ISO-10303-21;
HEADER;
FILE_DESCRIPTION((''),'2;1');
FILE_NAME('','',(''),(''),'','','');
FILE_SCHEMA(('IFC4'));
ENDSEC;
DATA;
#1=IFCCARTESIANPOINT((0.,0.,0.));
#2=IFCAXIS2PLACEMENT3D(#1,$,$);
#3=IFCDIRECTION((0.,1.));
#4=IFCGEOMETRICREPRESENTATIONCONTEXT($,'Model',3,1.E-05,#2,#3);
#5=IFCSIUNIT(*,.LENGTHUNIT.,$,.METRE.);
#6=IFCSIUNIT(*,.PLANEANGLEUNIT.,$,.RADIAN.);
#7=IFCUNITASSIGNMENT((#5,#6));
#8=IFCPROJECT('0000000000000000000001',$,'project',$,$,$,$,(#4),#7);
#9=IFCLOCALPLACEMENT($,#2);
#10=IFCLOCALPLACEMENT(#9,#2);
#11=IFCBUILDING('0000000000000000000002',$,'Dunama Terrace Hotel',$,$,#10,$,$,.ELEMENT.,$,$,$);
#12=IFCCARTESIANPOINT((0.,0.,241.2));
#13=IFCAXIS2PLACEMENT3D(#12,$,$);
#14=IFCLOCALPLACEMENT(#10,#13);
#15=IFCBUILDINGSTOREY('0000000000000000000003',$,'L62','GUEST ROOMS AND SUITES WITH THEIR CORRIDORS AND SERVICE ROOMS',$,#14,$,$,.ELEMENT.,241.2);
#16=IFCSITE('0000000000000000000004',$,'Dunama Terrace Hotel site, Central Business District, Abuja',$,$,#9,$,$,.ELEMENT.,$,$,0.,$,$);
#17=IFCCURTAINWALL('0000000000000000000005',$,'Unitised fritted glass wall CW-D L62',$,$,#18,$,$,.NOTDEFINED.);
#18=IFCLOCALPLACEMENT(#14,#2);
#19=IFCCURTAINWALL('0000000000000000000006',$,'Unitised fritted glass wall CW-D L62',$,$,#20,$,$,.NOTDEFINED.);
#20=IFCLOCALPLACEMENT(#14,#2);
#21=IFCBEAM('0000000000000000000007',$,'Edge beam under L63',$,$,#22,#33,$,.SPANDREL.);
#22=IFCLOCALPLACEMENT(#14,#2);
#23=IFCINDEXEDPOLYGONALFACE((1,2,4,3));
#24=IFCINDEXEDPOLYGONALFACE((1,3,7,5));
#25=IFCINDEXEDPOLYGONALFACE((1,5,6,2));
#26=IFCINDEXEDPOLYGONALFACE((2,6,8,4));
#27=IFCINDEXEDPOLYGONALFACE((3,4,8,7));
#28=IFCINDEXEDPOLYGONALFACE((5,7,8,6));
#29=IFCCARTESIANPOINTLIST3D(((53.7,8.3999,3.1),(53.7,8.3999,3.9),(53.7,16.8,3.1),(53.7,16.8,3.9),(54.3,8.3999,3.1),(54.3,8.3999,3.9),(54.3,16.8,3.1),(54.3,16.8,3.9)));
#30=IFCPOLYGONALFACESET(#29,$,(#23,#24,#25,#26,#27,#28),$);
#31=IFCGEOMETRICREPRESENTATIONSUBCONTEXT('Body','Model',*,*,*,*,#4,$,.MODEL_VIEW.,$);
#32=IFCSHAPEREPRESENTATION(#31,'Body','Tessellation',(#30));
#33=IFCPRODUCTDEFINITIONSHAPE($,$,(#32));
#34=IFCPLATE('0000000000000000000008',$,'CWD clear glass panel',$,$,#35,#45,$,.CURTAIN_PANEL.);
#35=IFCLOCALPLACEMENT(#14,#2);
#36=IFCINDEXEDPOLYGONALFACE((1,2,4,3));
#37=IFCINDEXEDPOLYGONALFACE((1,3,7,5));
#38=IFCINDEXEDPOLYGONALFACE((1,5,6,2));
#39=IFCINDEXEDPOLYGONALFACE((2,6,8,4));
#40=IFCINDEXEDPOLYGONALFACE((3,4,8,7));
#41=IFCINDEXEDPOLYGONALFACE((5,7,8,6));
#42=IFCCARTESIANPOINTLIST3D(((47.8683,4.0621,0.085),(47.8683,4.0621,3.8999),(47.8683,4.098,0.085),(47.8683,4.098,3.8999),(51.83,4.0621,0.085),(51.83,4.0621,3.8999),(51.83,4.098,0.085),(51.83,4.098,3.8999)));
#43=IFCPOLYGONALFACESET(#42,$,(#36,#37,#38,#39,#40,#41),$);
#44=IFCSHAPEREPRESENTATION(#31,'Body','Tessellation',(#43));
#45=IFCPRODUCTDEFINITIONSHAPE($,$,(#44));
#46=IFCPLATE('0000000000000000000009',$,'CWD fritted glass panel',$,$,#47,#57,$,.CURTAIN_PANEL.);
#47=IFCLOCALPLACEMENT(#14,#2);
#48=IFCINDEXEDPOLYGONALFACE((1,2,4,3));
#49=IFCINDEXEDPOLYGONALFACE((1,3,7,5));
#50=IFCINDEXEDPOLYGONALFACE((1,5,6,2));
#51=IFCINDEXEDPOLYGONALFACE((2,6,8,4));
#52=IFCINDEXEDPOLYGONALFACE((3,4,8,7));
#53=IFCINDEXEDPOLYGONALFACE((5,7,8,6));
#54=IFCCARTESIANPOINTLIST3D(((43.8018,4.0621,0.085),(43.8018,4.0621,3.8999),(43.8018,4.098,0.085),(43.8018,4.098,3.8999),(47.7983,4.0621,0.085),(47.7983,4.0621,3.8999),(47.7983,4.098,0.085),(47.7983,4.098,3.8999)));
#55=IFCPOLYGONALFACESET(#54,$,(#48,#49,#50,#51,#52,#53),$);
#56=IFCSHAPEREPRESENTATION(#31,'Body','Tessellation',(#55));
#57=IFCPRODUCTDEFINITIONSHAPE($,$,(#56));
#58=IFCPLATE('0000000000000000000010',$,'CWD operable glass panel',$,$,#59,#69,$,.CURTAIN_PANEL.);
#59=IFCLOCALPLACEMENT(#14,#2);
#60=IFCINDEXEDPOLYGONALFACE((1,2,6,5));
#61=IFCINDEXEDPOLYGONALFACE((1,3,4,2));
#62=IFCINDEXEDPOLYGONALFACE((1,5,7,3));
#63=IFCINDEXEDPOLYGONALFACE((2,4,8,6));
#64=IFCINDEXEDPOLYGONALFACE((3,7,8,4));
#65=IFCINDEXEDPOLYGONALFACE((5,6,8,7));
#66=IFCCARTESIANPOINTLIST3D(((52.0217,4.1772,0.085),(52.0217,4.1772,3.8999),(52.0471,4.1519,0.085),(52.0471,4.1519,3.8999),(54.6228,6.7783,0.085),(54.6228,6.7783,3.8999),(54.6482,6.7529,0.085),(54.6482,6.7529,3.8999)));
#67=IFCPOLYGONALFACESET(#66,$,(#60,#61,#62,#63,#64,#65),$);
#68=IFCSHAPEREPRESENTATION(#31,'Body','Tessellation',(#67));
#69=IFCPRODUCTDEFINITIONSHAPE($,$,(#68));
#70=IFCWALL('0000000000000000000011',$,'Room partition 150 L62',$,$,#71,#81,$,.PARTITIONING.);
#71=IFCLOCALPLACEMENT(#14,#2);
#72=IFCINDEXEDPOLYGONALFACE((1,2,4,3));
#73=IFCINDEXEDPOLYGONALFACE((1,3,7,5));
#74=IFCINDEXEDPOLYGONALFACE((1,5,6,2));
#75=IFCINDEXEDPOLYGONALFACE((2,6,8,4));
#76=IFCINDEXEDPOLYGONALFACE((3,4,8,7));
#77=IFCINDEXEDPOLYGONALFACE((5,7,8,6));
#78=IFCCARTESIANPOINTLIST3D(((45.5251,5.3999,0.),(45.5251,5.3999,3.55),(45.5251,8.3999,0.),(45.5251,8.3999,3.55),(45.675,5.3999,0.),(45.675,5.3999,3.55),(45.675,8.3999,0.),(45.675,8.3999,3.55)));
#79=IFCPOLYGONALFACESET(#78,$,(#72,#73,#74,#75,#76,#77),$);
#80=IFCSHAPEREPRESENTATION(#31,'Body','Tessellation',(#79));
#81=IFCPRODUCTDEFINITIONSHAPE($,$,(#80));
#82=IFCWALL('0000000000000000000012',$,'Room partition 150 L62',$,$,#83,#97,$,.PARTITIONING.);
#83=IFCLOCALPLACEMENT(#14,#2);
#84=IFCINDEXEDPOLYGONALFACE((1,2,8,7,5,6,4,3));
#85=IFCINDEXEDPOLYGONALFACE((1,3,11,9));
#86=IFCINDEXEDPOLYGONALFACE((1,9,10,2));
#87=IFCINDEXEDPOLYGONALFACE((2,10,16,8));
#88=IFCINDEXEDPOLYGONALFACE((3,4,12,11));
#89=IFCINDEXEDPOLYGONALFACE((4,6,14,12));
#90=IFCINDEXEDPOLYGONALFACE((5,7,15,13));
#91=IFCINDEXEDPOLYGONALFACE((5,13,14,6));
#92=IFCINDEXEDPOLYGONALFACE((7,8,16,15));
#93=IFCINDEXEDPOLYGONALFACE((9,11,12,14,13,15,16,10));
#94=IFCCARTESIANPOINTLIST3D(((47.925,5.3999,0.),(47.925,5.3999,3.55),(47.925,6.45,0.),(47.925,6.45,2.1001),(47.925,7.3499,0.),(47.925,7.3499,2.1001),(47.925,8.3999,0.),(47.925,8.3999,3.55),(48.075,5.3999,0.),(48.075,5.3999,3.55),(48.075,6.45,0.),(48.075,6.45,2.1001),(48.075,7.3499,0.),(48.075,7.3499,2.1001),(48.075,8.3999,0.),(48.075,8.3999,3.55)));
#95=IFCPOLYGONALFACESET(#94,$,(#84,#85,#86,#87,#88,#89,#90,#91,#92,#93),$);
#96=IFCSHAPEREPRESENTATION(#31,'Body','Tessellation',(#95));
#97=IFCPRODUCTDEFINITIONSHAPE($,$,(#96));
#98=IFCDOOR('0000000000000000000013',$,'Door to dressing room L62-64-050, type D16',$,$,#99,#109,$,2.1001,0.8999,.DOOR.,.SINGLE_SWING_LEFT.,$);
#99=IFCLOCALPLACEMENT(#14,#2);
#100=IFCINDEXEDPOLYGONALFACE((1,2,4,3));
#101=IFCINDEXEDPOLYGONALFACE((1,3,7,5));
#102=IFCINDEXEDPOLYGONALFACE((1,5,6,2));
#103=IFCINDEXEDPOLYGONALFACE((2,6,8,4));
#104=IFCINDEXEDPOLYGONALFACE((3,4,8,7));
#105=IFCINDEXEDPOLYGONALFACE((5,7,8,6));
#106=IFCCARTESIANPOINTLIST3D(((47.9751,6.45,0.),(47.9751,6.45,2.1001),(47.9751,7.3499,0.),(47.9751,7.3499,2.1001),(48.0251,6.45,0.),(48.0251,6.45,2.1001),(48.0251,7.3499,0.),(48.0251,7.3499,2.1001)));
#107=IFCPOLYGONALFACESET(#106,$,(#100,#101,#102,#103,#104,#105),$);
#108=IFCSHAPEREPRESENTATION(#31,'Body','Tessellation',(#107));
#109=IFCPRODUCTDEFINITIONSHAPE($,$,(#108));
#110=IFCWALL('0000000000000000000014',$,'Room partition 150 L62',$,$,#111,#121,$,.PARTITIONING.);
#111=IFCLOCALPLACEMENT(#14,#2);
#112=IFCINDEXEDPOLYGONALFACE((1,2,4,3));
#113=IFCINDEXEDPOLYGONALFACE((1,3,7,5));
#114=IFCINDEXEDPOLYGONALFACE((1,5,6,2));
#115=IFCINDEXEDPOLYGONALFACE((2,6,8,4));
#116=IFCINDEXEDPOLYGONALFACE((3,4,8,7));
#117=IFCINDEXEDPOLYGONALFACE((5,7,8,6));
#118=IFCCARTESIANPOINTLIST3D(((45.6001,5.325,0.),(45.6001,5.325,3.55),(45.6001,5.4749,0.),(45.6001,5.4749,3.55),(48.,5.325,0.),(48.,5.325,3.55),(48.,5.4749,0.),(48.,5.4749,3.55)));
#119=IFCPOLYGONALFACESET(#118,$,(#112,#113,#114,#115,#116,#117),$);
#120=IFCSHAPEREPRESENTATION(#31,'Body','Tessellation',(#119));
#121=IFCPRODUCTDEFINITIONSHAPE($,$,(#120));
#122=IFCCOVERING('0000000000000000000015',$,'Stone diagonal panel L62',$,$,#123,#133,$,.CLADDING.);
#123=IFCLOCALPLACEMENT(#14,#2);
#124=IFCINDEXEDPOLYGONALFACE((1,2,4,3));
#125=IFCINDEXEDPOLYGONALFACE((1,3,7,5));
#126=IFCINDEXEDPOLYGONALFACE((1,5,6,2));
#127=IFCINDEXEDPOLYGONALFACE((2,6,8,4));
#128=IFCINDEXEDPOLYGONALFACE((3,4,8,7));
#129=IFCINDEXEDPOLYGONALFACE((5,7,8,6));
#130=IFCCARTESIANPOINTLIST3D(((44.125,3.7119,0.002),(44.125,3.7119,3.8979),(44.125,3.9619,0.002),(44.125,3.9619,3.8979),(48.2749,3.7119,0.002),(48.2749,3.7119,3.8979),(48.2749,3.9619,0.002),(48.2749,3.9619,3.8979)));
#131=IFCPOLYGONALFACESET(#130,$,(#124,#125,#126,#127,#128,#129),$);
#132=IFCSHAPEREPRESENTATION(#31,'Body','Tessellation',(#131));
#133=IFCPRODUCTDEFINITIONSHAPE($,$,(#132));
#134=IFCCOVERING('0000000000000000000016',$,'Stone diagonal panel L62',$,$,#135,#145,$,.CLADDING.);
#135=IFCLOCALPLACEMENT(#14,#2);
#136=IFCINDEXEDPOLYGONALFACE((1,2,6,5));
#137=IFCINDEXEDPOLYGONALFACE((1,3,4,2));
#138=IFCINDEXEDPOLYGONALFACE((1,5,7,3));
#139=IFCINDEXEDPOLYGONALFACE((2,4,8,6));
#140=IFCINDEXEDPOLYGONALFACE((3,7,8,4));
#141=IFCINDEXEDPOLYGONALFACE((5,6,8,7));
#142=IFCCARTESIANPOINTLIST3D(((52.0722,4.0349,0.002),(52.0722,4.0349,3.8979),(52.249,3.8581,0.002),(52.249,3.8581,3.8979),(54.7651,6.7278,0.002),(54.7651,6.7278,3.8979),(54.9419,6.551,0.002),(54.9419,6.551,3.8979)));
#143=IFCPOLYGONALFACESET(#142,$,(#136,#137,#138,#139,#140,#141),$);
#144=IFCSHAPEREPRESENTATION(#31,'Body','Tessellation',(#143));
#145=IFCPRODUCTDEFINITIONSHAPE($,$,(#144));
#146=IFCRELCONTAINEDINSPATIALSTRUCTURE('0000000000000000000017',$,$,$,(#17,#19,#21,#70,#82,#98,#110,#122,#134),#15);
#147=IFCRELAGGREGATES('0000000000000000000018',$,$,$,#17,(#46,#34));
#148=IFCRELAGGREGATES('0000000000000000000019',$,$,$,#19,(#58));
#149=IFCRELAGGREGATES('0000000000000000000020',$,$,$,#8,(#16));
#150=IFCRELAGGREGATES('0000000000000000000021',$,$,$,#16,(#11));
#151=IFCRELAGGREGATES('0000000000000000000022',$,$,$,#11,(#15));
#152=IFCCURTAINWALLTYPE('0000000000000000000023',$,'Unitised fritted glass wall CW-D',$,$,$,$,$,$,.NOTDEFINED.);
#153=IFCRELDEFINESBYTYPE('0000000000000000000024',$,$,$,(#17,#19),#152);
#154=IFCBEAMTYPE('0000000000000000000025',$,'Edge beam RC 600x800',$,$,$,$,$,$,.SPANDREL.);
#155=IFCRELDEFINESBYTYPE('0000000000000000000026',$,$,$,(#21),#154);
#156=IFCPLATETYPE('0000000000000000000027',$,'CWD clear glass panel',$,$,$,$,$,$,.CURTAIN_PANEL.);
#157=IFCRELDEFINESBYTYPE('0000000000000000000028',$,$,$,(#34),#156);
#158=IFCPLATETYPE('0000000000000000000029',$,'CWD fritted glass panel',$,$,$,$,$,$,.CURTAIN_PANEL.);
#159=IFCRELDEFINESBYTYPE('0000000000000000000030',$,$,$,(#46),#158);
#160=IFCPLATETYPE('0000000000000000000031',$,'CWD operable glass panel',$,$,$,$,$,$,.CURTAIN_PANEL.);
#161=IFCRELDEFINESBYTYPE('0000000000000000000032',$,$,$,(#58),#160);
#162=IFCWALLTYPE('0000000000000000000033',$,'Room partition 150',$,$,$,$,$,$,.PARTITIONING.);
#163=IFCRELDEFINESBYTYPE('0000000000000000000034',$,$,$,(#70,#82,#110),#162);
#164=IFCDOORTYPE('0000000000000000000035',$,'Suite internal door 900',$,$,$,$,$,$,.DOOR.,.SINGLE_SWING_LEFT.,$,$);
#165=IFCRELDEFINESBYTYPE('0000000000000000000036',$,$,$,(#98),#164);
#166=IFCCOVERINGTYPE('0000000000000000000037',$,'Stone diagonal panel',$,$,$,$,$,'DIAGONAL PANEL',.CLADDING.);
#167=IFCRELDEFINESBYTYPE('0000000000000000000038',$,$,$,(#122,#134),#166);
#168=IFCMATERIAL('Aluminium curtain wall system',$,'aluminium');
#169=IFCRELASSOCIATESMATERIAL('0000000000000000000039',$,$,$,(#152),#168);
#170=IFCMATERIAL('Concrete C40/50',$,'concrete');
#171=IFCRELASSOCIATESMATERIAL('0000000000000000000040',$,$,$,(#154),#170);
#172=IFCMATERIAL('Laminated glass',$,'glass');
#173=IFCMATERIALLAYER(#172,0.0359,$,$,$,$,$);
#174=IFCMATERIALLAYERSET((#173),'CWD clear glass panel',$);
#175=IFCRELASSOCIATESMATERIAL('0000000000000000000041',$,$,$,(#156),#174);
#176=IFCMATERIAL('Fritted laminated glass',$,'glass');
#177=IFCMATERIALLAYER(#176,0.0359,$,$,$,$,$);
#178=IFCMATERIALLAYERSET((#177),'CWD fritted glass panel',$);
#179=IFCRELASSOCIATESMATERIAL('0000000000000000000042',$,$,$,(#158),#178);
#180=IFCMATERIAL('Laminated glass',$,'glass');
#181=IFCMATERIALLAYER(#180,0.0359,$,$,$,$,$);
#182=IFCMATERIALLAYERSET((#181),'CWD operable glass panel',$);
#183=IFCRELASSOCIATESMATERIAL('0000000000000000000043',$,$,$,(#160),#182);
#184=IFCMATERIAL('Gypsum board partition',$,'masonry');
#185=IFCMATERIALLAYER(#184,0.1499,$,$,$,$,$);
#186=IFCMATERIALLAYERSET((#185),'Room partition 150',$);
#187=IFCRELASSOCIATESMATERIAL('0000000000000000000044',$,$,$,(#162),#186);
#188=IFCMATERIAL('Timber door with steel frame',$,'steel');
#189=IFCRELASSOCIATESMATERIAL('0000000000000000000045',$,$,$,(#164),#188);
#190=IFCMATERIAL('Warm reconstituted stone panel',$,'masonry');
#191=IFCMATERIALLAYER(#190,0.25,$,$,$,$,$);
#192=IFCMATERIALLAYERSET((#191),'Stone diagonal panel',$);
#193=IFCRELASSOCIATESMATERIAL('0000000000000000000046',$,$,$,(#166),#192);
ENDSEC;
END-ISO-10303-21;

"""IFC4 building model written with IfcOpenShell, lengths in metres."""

from ifc_helpers import new_model, si_unit, direction, frame, frame_2d, origin, origin_2d, place, context, subcontext, project, spatial, rectangle, extrude, material, layer, layer_set, material_profile, profile_set, type_object, element, fill, aggregate, save


model = new_model("IFC4")

# Units and contexts
model_context = context("Model", 3, precision=1e-05, world=origin(), true_north=direction((0.0, 1.0)))
body_context = subcontext(model_context, "Body", "Model", "MODEL_VIEW")
ifc_project = project(units=[si_unit("LENGTHUNIT", "METRE"), si_unit("PLANEANGLEUNIT", "RADIAN")], contexts=[model_context])

# Site, building, storey
site_placement = place(None, origin())
site = spatial("IfcSite", under=ifc_project, at=site_placement, Name="Dunama Terrace Hotel site, Central Business District, Abuja", CompositionType="ELEMENT", RefElevation=0.0)
building_placement = place(site_placement, origin())
building = spatial("IfcBuilding", under=site, at=building_placement, Name="Dunama Terrace Hotel", CompositionType="ELEMENT")
storey_placement = place(building_placement, frame((0.0, 0.0, 241.2)))
storey = spatial("IfcBuildingStorey", under=building, at=storey_placement, Name="L62", Description="GUEST ROOMS AND SUITES WITH THEIR CORRIDORS AND SERVICE ROOMS", CompositionType="ELEMENT", Elevation=241.2)

# Curtain walls
ifc_material_1 = material(Name="Aluminium curtain wall system", Category="aluminium")
curtain_wall_type = type_object("IfcCurtainWallType", Name="Unitised fritted glass wall CW-D", PredefinedType="NOTDEFINED", material=ifc_material_1)
curtain_wall_1_placement = place(storey_placement, origin())
curtain_wall_1 = element("IfcCurtainWall", 1, at=curtain_wall_1_placement, inside=storey, type_object=curtain_wall_type, Name="Unitised fritted glass wall CW-D L62", PredefinedType="NOTDEFINED")
curtain_wall_2_placement = place(storey_placement, origin())
curtain_wall_2 = element("IfcCurtainWall", 2, at=curtain_wall_2_placement, inside=storey, type_object=curtain_wall_type, Name="Unitised fritted glass wall CW-D L62", PredefinedType="NOTDEFINED")

# Beam
ifc_material_2 = material(Name="Concrete C40/50", Category="concrete")
ifc_material_profile_1 = material_profile(ifc_material_2, rectangle(XDim=0.6001, YDim=0.8, at=origin_2d()), Name="RC 600x800")
ifc_profile_set_1 = profile_set([ifc_material_profile_1], Name="Concrete C40/50")
beam_type_1 = type_object("IfcBeamType", Name="Edge beam RC 600x800", PredefinedType="SPANDREL", material=ifc_profile_set_1)
beam_1_placement = place(storey_placement, frame((54.0, 8.3999, 3.5), z_axis=(0.0, 1.0, 0.0), x_axis=(-1.0, 0.0, 0.0)))
element("IfcBeam", 3, at=beam_1_placement, inside=storey, type_object=beam_type_1, Name="Edge beam under L63", PredefinedType="SPANDREL", context=body_context, shape_type="SweptSolid", body=[
    extrude(rectangle(XDim=0.6001, YDim=0.8, at=origin_2d()), origin(), (0.0, 0.0, 1.0), 8.4001),
])

# Plates
ifc_material_3 = material(Name="Laminated glass", Category="glass")
ifc_layer_1 = layer(ifc_material_3, 0.0359)
ifc_layer_set_1 = layer_set([ifc_layer_1], Name="CWD clear glass panel")
plate_type_1 = type_object("IfcPlateType", Name="CWD clear glass panel", PredefinedType="CURTAIN_PANEL", material=ifc_layer_set_1)
plate_1_placement = place(storey_placement, frame((49.8491, 4.0801, 0.085), z_axis=(0.0, 0.0, 1.0), x_axis=(1.0, 0.0, 0.0)))
plate_1 = element("IfcPlate", 4, at=plate_1_placement, type_object=plate_type_1, Name="CWD clear glass panel", PredefinedType="CURTAIN_PANEL", context=body_context, shape_type="SweptSolid", body=[
    extrude(rectangle(XDim=3.9617, YDim=0.0359, at=origin_2d()), origin(), (0.0, 0.0, 1.0), 3.8149),
])
ifc_material_4 = material(Name="Fritted laminated glass", Category="glass")
ifc_layer_2 = layer(ifc_material_4, 0.0359)
ifc_layer_set_2 = layer_set([ifc_layer_2], Name="CWD fritted glass panel")
plate_type_2 = type_object("IfcPlateType", Name="CWD fritted glass panel", PredefinedType="CURTAIN_PANEL", material=ifc_layer_set_2)
plate_2_placement = place(storey_placement, frame((45.8, 4.0801, 0.085), z_axis=(0.0, 0.0, 1.0), x_axis=(1.0, 0.0, 0.0)))
plate_2 = element("IfcPlate", 5, at=plate_2_placement, type_object=plate_type_2, Name="CWD fritted glass panel", PredefinedType="CURTAIN_PANEL", context=body_context, shape_type="SweptSolid", body=[
    extrude(rectangle(XDim=3.9966, YDim=0.0359, at=origin_2d()), origin(), (0.0, 0.0, 1.0), 3.8149),
])
aggregate(curtain_wall_1, [plate_2, plate_1])
ifc_material_5 = material(Name="Laminated glass", Category="glass")
ifc_layer_3 = layer(ifc_material_5, 0.0359)
ifc_layer_set_3 = layer_set([ifc_layer_3], Name="CWD operable glass panel")
plate_type_3 = type_object("IfcPlateType", Name="CWD operable glass panel", PredefinedType="CURTAIN_PANEL", material=ifc_layer_set_3)
plate_3_placement = place(storey_placement, frame((53.335, 5.4651, 0.085), z_axis=(0.0, 0.0, 1.0), x_axis=(0.707107, 0.707107, 0.0)))
plate_3 = element("IfcPlate", 6, at=plate_3_placement, type_object=plate_type_3, Name="CWD operable glass panel", PredefinedType="CURTAIN_PANEL", context=body_context, shape_type="SweptSolid", body=[
    extrude(rectangle(XDim=3.6785, YDim=0.0359, at=origin_2d()), origin(), (0.0, 0.0, 1.0), 3.8149),
])
aggregate(curtain_wall_2, [plate_3])

# Wall
ifc_material_6 = material(Name="Gypsum board partition", Category="masonry")
ifc_layer_4 = layer(ifc_material_6, 0.1499)
ifc_layer_set_4 = layer_set([ifc_layer_4], Name="Room partition 150")
wall_type = type_object("IfcWallType", Name="Room partition 150", PredefinedType="PARTITIONING", material=ifc_layer_set_4)
wall_1_placement = place(storey_placement, frame((45.6001, 5.3999, 0.0), z_axis=(0.0, 0.0, 1.0), x_axis=(0.0, 1.0, 0.0)))
element("IfcWall", 7, at=wall_1_placement, inside=storey, type_object=wall_type, Name="Room partition 150 L62", PredefinedType="PARTITIONING", context=body_context, shape_type="SweptSolid", body=[
    extrude(rectangle(XDim=3.0, YDim=0.1499, at=frame_2d((1.5, 0.0))), origin(), (0.0, 0.0, 1.0), 3.55),
])

# Wall, opening, door
wall_2_placement = place(storey_placement, frame((48.0, 5.3999, 0.0), z_axis=(0.0, 0.0, 1.0), x_axis=(0.0, 1.0, 0.0)))
wall_2 = element("IfcWall", 8, at=wall_2_placement, inside=storey, type_object=wall_type, Name="Room partition 150 L62", PredefinedType="PARTITIONING", context=body_context, shape_type="SweptSolid", body=[
    extrude(rectangle(XDim=3.0, YDim=0.1499, at=frame_2d((1.5, 0.0))), origin(), (0.0, 0.0, 1.0), 3.55),
])
opening_placement = place(wall_2_placement, frame((1.05, 0.0, 0.0)))
opening = element("IfcOpeningElement", 9, at=opening_placement, cuts=wall_2, PredefinedType="OPENING", context=body_context, shape_type="SweptSolid", body=[
    extrude(rectangle(XDim=0.8999, YDim=2.1001, at=frame_2d((0.45, 1.05))), frame((0.0, 0.085, 0.0), z_axis=(0.0, -1.0, 0.0), x_axis=(1.0, 0.0, 0.0)), (0.0, 0.0, 1.0), 0.1699),
])
ifc_material_7 = material(Name="Timber door with steel frame", Category="steel")
door_type = type_object("IfcDoorType", Name="Suite internal door 900", OperationType="SINGLE_SWING_LEFT", PredefinedType="DOOR", material=ifc_material_7)
door_placement = place(opening_placement, origin())
door = element("IfcDoor", 10, at=door_placement, inside=storey, type_object=door_type, Name="Door to dressing room L62-64-050, type D16", OperationType="SINGLE_SWING_LEFT", OverallHeight=2.1001, OverallWidth=0.8999, PredefinedType="DOOR", context=body_context, shape_type="SweptSolid", body=[
    extrude(rectangle(XDim=0.8999, YDim=2.1001, at=frame_2d((0.45, 1.05))), frame((0.0, 0.0249, 0.0), z_axis=(0.0, -1.0, 0.0), x_axis=(1.0, 0.0, 0.0)), (0.0, 0.0, 1.0), 0.05),
])
fill(opening, door)

# Wall
wall_3_placement = place(storey_placement, frame((45.6001, 5.3999, 0.0), z_axis=(0.0, 0.0, 1.0), x_axis=(1.0, 0.0, 0.0)))
element("IfcWall", 11, at=wall_3_placement, inside=storey, type_object=wall_type, Name="Room partition 150 L62", PredefinedType="PARTITIONING", context=body_context, shape_type="SweptSolid", body=[
    extrude(rectangle(XDim=2.3999, YDim=0.1499, at=frame_2d((1.2, 0.0))), origin(), (0.0, 0.0, 1.0), 3.55),
])

# Coverings
ifc_material_8 = material(Name="Warm reconstituted stone panel", Category="masonry")
ifc_layer_5 = layer(ifc_material_8, 0.25)
ifc_layer_set_5 = layer_set([ifc_layer_5], Name="Stone diagonal panel")
covering_type = type_object("IfcCoveringType", Name="Stone diagonal panel", ElementType="DIAGONAL PANEL", PredefinedType="CLADDING", material=ifc_layer_set_5)
covering_1_placement = place(storey_placement, frame((46.2, 3.8369, 0.002), z_axis=(0.0, 0.0, 1.0), x_axis=(1.0, 0.0, 0.0)))
element("IfcCovering", 12, at=covering_1_placement, inside=storey, type_object=covering_type, Name="Stone diagonal panel L62", PredefinedType="CLADDING", context=body_context, shape_type="SweptSolid", body=[
    extrude(rectangle(XDim=4.1499, YDim=0.25, at=origin_2d()), origin(), (0.0, 0.0, 1.0), 3.896),
])
covering_2_placement = place(storey_placement, frame((53.5071, 5.293, 0.002), z_axis=(0.0, 0.0, 1.0), x_axis=(0.707107, 0.707107, 0.0)))
element("IfcCovering", 13, at=covering_2_placement, inside=storey, type_object=covering_type, Name="Stone diagonal panel L62", PredefinedType="CLADDING", context=body_context, shape_type="SweptSolid", body=[
    extrude(rectangle(XDim=3.8083, YDim=0.25, at=origin_2d()), origin(), (0.0, 0.0, 1.0), 3.896),
])

save(model, "model.ifc")
